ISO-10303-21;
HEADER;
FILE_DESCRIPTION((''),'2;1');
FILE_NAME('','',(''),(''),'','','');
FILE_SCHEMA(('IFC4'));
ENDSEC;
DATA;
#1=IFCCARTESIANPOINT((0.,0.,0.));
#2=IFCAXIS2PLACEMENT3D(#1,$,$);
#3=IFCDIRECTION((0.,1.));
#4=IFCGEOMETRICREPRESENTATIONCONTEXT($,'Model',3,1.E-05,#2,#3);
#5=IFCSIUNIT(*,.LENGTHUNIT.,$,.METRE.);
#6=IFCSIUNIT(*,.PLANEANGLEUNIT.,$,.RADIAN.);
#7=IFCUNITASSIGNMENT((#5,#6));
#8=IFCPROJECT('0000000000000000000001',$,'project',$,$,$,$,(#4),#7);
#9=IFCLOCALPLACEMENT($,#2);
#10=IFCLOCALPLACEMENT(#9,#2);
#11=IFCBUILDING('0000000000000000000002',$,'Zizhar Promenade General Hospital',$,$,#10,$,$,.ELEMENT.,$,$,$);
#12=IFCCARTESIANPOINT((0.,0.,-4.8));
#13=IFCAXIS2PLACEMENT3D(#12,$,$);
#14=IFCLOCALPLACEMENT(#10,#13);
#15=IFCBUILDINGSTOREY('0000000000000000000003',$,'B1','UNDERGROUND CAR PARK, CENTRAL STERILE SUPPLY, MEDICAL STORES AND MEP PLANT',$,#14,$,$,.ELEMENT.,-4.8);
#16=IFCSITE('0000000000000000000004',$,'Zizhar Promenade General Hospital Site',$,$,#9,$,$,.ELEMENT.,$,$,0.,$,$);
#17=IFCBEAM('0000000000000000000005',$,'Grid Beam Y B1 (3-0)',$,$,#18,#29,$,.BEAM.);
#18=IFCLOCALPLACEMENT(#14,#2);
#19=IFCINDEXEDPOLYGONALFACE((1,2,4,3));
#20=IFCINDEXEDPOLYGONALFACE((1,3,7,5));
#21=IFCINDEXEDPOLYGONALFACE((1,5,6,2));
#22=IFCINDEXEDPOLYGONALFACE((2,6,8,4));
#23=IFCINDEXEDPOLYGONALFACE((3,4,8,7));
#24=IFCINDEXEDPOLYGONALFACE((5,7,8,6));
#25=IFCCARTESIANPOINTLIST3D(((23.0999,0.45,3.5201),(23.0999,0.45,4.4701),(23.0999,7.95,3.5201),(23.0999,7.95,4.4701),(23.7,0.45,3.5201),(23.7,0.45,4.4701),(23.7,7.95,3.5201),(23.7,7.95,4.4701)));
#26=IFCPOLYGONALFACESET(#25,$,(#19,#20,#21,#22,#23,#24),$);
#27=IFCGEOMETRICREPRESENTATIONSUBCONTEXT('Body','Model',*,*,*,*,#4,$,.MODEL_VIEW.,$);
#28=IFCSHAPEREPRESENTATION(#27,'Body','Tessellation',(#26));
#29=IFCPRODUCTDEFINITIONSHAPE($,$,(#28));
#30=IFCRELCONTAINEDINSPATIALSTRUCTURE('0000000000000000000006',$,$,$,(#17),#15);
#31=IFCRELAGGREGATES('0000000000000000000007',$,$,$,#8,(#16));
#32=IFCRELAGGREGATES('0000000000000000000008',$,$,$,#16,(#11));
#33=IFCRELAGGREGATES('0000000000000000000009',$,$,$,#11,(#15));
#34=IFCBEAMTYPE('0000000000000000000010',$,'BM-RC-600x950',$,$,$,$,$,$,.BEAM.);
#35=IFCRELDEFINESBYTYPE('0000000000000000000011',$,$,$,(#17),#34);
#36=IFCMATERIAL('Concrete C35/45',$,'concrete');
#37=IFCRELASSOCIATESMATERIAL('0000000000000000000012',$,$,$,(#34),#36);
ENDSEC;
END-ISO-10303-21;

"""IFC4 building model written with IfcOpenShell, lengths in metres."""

from ifc_helpers import new_model, si_unit, direction, frame, origin, origin_2d, place, context, subcontext, project, spatial, rectangle, extrude, material, material_profile, profile_set, type_object, element, save


model = new_model("IFC4")

# Units and contexts
model_context = context("Model", 3, precision=1e-05, world=origin(), true_north=direction((0.0, 1.0)))
body_context = subcontext(model_context, "Body", "Model", "MODEL_VIEW")
ifc_project = project(units=[si_unit("LENGTHUNIT", "METRE"), si_unit("PLANEANGLEUNIT", "RADIAN")], contexts=[model_context])

# Site, building, storey
site_placement = place(None, origin())
site = spatial("IfcSite", under=ifc_project, at=site_placement, Name="Zizhar Promenade General Hospital Site", CompositionType="ELEMENT", RefElevation=0.0)
building_placement = place(site_placement, origin())
building = spatial("IfcBuilding", under=site, at=building_placement, Name="Zizhar Promenade General Hospital", CompositionType="ELEMENT")
storey_placement = place(building_placement, frame((0.0, 0.0, -4.8)))
storey = spatial("IfcBuildingStorey", under=building, at=storey_placement, Name="B1", Description="UNDERGROUND CAR PARK, CENTRAL STERILE SUPPLY, MEDICAL STORES AND MEP PLANT", CompositionType="ELEMENT", Elevation=-4.8)

# Beam
ifc_material_1 = material(Name="Concrete C35/45", Category="concrete")
ifc_material_profile_1 = material_profile(ifc_material_1, rectangle(XDim=0.6001, YDim=0.95, at=origin_2d()))
ifc_profile_set_1 = profile_set([ifc_material_profile_1], Name="Concrete C35/45")
beam_type_1 = type_object("IfcBeamType", Name="BM-RC-600x950", PredefinedType="BEAM", material=ifc_profile_set_1)
beam_1_placement = place(storey_placement, frame((23.3999, 0.45, 3.9951), z_axis=(0.0, 1.0, 0.0), x_axis=(-1.0, 0.0, 0.0)))
element("IfcBeam", 1, at=beam_1_placement, inside=storey, type_object=beam_type_1, Name="Grid Beam Y B1 (3-0)", PredefinedType="BEAM", context=body_context, shape_type="SweptSolid", body=[
    extrude(rectangle(XDim=0.6001, YDim=0.95, at=origin_2d()), origin(), (0.0, 0.0, 1.0), 7.5),
])

save(model, "model.ifc")
